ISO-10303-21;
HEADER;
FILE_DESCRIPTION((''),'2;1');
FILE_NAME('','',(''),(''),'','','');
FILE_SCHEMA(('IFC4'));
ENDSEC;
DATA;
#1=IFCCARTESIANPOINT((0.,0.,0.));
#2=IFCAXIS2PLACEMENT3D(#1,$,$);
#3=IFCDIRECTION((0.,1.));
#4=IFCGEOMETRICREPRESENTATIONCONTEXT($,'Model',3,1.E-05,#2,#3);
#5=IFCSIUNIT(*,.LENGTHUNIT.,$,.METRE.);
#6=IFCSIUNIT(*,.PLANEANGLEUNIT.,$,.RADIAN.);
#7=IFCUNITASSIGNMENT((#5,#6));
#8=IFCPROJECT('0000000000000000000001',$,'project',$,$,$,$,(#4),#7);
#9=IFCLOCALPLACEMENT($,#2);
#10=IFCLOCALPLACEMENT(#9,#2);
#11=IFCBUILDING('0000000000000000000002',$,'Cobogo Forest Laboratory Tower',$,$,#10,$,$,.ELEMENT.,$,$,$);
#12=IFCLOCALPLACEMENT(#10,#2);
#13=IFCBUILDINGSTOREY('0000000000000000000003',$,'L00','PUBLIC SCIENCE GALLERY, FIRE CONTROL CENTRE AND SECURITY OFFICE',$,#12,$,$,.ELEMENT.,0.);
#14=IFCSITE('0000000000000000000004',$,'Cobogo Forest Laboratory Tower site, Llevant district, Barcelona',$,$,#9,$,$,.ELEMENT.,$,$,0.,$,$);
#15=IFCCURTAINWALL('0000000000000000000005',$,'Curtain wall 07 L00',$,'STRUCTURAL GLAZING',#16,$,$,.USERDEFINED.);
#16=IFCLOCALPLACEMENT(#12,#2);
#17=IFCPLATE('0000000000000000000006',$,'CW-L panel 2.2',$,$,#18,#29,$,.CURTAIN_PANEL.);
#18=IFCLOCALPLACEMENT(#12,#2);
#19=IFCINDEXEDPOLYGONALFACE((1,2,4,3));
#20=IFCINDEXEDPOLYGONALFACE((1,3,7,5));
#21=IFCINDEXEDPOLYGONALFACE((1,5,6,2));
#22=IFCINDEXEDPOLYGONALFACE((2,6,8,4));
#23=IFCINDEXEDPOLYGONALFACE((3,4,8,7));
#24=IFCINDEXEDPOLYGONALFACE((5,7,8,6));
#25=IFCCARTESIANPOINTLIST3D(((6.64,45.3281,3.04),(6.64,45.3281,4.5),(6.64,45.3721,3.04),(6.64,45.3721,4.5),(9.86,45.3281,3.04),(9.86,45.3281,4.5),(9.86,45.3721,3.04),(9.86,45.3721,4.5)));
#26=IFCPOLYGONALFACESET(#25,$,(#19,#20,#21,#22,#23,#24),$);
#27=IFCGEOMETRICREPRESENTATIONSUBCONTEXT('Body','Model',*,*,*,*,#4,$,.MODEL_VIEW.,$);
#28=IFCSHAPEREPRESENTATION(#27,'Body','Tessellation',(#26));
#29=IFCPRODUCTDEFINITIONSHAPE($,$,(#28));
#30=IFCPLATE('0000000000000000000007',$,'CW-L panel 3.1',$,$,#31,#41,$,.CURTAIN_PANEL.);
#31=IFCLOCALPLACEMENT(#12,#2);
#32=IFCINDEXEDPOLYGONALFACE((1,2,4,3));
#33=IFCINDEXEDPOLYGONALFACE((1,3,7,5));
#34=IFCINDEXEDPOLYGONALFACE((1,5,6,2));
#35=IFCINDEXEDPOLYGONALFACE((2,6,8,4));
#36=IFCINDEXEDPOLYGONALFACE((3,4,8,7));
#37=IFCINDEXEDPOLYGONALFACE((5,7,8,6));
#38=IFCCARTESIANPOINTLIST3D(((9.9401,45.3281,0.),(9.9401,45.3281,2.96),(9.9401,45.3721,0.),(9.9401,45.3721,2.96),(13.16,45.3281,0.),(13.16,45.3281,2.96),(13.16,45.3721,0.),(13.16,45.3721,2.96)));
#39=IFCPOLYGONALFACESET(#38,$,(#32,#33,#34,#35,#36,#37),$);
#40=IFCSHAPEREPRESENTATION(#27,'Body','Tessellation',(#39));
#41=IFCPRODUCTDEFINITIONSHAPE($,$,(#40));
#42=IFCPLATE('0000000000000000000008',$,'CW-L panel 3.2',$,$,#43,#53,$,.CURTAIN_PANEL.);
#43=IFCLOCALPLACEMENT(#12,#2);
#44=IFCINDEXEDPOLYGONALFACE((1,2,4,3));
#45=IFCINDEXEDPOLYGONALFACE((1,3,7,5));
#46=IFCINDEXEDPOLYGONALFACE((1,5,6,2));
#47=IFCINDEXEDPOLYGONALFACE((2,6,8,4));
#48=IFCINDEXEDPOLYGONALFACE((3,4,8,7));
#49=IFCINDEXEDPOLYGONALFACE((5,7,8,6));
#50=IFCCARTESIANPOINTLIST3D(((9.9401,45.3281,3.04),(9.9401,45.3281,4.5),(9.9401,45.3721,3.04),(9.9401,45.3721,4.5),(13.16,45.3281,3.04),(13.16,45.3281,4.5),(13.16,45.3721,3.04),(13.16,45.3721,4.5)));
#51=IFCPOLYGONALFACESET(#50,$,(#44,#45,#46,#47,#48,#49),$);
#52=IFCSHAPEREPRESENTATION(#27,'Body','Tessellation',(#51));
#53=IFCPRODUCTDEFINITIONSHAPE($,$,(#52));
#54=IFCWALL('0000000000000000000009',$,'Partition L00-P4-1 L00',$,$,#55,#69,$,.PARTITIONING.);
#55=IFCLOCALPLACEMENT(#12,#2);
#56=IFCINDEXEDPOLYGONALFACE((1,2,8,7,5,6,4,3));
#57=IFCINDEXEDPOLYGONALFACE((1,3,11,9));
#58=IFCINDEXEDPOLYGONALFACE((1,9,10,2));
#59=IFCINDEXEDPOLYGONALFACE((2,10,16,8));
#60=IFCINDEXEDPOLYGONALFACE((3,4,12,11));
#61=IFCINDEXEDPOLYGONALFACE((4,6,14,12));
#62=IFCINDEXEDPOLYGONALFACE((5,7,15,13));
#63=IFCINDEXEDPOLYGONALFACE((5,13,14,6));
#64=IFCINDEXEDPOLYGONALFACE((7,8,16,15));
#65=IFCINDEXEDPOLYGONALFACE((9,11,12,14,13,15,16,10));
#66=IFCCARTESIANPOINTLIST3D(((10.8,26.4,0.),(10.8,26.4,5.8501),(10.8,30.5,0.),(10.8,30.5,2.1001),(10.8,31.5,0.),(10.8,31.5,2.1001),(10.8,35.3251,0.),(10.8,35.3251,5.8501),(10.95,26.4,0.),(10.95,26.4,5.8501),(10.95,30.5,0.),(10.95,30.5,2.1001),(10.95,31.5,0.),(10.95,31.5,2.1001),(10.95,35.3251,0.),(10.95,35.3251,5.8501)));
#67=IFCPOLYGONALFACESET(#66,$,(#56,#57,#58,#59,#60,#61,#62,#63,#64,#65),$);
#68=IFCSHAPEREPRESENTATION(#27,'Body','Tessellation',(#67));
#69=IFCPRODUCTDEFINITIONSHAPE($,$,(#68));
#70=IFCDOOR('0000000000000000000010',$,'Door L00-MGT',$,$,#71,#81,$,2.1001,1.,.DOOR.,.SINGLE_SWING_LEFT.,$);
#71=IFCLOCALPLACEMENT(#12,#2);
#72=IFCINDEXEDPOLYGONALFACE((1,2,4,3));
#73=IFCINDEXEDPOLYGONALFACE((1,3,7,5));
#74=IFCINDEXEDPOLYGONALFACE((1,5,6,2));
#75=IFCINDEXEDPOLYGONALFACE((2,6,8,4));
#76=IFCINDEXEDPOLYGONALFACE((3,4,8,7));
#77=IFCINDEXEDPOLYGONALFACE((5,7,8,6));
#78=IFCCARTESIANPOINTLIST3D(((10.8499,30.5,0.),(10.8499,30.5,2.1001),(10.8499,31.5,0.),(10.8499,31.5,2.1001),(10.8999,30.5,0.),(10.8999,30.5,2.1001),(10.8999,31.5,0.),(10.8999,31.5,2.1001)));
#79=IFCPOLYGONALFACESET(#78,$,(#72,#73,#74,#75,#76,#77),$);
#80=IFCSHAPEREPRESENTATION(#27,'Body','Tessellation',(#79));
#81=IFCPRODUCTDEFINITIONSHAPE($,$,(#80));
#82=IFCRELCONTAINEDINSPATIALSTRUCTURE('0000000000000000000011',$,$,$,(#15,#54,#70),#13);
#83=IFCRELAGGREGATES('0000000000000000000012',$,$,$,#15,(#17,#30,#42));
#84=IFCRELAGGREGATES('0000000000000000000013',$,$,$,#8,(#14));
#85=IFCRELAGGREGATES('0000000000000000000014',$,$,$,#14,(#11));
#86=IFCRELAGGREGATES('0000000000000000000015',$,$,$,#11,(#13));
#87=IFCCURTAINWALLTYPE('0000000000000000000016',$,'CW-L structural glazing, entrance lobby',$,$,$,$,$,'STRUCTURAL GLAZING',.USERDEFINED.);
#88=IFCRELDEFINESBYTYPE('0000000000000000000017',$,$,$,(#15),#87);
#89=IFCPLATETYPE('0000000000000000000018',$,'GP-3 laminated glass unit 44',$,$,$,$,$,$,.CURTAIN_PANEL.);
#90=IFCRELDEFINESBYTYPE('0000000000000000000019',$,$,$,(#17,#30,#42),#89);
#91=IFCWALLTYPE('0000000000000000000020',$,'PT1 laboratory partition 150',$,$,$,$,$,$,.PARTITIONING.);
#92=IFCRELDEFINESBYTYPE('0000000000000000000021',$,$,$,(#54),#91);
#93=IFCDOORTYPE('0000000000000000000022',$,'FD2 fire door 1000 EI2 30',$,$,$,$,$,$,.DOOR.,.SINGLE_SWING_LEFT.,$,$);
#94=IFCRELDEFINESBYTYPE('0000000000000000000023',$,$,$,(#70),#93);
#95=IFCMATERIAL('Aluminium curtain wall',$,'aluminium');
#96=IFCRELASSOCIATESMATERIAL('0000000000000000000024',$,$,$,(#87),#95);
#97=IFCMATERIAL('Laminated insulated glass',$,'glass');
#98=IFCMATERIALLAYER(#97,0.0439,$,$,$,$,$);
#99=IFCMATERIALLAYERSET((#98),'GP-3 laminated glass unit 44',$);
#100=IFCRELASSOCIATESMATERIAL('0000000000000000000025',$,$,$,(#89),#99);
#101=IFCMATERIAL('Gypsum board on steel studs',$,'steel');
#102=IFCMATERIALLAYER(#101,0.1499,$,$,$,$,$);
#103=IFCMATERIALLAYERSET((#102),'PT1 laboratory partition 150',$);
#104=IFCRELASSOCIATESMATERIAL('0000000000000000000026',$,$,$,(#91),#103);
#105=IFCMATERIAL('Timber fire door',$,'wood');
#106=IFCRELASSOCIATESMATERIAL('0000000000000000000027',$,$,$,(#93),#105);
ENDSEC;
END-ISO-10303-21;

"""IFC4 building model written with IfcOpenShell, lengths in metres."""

from ifc_helpers import new_model, si_unit, direction, frame, frame_2d, origin, origin_2d, place, context, subcontext, project, spatial, rectangle, extrude, material, layer, layer_set, type_object, element, fill, aggregate, save


model = new_model("IFC4")

# Units and contexts
model_context = context("Model", 3, precision=1e-05, world=origin(), true_north=direction((0.0, 1.0)))
body_context = subcontext(model_context, "Body", "Model", "MODEL_VIEW")
ifc_project = project(units=[si_unit("LENGTHUNIT", "METRE"), si_unit("PLANEANGLEUNIT", "RADIAN")], contexts=[model_context])

# Site, building, storey
site_placement = place(None, origin())
site = spatial("IfcSite", under=ifc_project, at=site_placement, Name="Cobogo Forest Laboratory Tower site, Llevant district, Barcelona", CompositionType="ELEMENT", RefElevation=0.0)
building_placement = place(site_placement, origin())
building = spatial("IfcBuilding", under=site, at=building_placement, Name="Cobogo Forest Laboratory Tower", CompositionType="ELEMENT")
storey_placement = place(building_placement, origin())
storey = spatial("IfcBuildingStorey", under=building, at=storey_placement, Name="L00", Description="PUBLIC SCIENCE GALLERY, FIRE CONTROL CENTRE AND SECURITY OFFICE", CompositionType="ELEMENT", Elevation=0.0)

# Curtain wall
ifc_material_1 = material(Name="Aluminium curtain wall", Category="aluminium")
curtain_wall_type = type_object("IfcCurtainWallType", Name="CW-L structural glazing, entrance lobby", ElementType="STRUCTURAL GLAZING", PredefinedType="USERDEFINED", material=ifc_material_1)
curtain_wall_placement = place(storey_placement, origin())
curtain_wall = element("IfcCurtainWall", 1, at=curtain_wall_placement, inside=storey, type_object=curtain_wall_type, Name="Curtain wall 07 L00", ObjectType="STRUCTURAL GLAZING", PredefinedType="USERDEFINED")

# Plates
ifc_material_2 = material(Name="Laminated insulated glass", Category="glass")
ifc_layer_1 = layer(ifc_material_2, 0.0439)
ifc_layer_set_1 = layer_set([ifc_layer_1], Name="GP-3 laminated glass unit 44")
plate_type = type_object("IfcPlateType", Name="GP-3 laminated glass unit 44", PredefinedType="CURTAIN_PANEL", material=ifc_layer_set_1)
plate_1_placement = place(storey_placement, frame((8.25, 45.3501, 3.04), z_axis=(0.0, 0.0, 1.0), x_axis=(1.0, 0.0, 0.0)))
plate_1 = element("IfcPlate", 2, at=plate_1_placement, type_object=plate_type, Name="CW-L panel 2.2", PredefinedType="CURTAIN_PANEL", context=body_context, shape_type="SweptSolid", body=[
    extrude(rectangle(XDim=3.22, YDim=0.0439, at=origin_2d()), origin(), (0.0, 0.0, 1.0), 1.46),
])
plate_2_placement = place(storey_placement, frame((11.55, 45.3501, 0.0), z_axis=(0.0, 0.0, 1.0), x_axis=(1.0, 0.0, 0.0)))
plate_2 = element("IfcPlate", 3, at=plate_2_placement, type_object=plate_type, Name="CW-L panel 3.1", PredefinedType="CURTAIN_PANEL", context=body_context, shape_type="SweptSolid", body=[
    extrude(rectangle(XDim=3.22, YDim=0.0439, at=origin_2d()), origin(), (0.0, 0.0, 1.0), 2.96),
])
plate_3_placement = place(storey_placement, frame((11.55, 45.3501, 3.04), z_axis=(0.0, 0.0, 1.0), x_axis=(1.0, 0.0, 0.0)))
plate_3 = element("IfcPlate", 4, at=plate_3_placement, type_object=plate_type, Name="CW-L panel 3.2", PredefinedType="CURTAIN_PANEL", context=body_context, shape_type="SweptSolid", body=[
    extrude(rectangle(XDim=3.22, YDim=0.0439, at=origin_2d()), origin(), (0.0, 0.0, 1.0), 1.46),
])
aggregate(curtain_wall, [plate_1, plate_2, plate_3])

# Wall, opening, door
ifc_material_3 = material(Name="Gypsum board on steel studs", Category="steel")
ifc_layer_2 = layer(ifc_material_3, 0.1499)
ifc_layer_set_2 = layer_set([ifc_layer_2], Name="PT1 laboratory partition 150")
wall_type = type_object("IfcWallType", Name="PT1 laboratory partition 150", PredefinedType="PARTITIONING", material=ifc_layer_set_2)
wall_placement = place(storey_placement, frame((10.875, 35.325, 0.0), z_axis=(0.0, 0.0, 1.0), x_axis=(0.0, -1.0, 0.0)))
wall = element("IfcWall", 5, at=wall_placement, inside=storey, type_object=wall_type, Name="Partition L00-P4-1 L00", PredefinedType="PARTITIONING", context=body_context, shape_type="SweptSolid", body=[
    extrude(rectangle(XDim=8.925, YDim=0.1499, at=frame_2d((4.4624, 0.0))), origin(), (0.0, 0.0, 1.0), 5.8501),
])
opening_placement = place(wall_placement, frame((3.825, 0.0, 0.0)))
opening = element("IfcOpeningElement", 6, at=opening_placement, cuts=wall, PredefinedType="OPENING", context=body_context, shape_type="SweptSolid", body=[
    extrude(rectangle(XDim=1.0, YDim=2.1001, at=frame_2d((0.5, 1.05))), frame((0.0, 0.085, 0.0), z_axis=(0.0, -1.0, 0.0), x_axis=(1.0, 0.0, 0.0)), (0.0, 0.0, 1.0), 0.1699),
])
ifc_material_4 = material(Name="Timber fire door", Category="wood")
door_type = type_object("IfcDoorType", Name="FD2 fire door 1000 EI2 30", OperationType="SINGLE_SWING_LEFT", PredefinedType="DOOR", material=ifc_material_4)
door_placement = place(opening_placement, origin())
door = element("IfcDoor", 7, at=door_placement, inside=storey, type_object=door_type, Name="Door L00-MGT", OperationType="SINGLE_SWING_LEFT", OverallHeight=2.1001, OverallWidth=1.0, PredefinedType="DOOR", context=body_context, shape_type="SweptSolid", body=[
    extrude(rectangle(XDim=1.0, YDim=2.1001, at=frame_2d((0.5, 1.05))), frame((0.0, 0.0249, 0.0), z_axis=(0.0, -1.0, 0.0), x_axis=(1.0, 0.0, 0.0)), (0.0, 0.0, 1.0), 0.05),
])
fill(opening, door)

save(model, "model.ifc")
